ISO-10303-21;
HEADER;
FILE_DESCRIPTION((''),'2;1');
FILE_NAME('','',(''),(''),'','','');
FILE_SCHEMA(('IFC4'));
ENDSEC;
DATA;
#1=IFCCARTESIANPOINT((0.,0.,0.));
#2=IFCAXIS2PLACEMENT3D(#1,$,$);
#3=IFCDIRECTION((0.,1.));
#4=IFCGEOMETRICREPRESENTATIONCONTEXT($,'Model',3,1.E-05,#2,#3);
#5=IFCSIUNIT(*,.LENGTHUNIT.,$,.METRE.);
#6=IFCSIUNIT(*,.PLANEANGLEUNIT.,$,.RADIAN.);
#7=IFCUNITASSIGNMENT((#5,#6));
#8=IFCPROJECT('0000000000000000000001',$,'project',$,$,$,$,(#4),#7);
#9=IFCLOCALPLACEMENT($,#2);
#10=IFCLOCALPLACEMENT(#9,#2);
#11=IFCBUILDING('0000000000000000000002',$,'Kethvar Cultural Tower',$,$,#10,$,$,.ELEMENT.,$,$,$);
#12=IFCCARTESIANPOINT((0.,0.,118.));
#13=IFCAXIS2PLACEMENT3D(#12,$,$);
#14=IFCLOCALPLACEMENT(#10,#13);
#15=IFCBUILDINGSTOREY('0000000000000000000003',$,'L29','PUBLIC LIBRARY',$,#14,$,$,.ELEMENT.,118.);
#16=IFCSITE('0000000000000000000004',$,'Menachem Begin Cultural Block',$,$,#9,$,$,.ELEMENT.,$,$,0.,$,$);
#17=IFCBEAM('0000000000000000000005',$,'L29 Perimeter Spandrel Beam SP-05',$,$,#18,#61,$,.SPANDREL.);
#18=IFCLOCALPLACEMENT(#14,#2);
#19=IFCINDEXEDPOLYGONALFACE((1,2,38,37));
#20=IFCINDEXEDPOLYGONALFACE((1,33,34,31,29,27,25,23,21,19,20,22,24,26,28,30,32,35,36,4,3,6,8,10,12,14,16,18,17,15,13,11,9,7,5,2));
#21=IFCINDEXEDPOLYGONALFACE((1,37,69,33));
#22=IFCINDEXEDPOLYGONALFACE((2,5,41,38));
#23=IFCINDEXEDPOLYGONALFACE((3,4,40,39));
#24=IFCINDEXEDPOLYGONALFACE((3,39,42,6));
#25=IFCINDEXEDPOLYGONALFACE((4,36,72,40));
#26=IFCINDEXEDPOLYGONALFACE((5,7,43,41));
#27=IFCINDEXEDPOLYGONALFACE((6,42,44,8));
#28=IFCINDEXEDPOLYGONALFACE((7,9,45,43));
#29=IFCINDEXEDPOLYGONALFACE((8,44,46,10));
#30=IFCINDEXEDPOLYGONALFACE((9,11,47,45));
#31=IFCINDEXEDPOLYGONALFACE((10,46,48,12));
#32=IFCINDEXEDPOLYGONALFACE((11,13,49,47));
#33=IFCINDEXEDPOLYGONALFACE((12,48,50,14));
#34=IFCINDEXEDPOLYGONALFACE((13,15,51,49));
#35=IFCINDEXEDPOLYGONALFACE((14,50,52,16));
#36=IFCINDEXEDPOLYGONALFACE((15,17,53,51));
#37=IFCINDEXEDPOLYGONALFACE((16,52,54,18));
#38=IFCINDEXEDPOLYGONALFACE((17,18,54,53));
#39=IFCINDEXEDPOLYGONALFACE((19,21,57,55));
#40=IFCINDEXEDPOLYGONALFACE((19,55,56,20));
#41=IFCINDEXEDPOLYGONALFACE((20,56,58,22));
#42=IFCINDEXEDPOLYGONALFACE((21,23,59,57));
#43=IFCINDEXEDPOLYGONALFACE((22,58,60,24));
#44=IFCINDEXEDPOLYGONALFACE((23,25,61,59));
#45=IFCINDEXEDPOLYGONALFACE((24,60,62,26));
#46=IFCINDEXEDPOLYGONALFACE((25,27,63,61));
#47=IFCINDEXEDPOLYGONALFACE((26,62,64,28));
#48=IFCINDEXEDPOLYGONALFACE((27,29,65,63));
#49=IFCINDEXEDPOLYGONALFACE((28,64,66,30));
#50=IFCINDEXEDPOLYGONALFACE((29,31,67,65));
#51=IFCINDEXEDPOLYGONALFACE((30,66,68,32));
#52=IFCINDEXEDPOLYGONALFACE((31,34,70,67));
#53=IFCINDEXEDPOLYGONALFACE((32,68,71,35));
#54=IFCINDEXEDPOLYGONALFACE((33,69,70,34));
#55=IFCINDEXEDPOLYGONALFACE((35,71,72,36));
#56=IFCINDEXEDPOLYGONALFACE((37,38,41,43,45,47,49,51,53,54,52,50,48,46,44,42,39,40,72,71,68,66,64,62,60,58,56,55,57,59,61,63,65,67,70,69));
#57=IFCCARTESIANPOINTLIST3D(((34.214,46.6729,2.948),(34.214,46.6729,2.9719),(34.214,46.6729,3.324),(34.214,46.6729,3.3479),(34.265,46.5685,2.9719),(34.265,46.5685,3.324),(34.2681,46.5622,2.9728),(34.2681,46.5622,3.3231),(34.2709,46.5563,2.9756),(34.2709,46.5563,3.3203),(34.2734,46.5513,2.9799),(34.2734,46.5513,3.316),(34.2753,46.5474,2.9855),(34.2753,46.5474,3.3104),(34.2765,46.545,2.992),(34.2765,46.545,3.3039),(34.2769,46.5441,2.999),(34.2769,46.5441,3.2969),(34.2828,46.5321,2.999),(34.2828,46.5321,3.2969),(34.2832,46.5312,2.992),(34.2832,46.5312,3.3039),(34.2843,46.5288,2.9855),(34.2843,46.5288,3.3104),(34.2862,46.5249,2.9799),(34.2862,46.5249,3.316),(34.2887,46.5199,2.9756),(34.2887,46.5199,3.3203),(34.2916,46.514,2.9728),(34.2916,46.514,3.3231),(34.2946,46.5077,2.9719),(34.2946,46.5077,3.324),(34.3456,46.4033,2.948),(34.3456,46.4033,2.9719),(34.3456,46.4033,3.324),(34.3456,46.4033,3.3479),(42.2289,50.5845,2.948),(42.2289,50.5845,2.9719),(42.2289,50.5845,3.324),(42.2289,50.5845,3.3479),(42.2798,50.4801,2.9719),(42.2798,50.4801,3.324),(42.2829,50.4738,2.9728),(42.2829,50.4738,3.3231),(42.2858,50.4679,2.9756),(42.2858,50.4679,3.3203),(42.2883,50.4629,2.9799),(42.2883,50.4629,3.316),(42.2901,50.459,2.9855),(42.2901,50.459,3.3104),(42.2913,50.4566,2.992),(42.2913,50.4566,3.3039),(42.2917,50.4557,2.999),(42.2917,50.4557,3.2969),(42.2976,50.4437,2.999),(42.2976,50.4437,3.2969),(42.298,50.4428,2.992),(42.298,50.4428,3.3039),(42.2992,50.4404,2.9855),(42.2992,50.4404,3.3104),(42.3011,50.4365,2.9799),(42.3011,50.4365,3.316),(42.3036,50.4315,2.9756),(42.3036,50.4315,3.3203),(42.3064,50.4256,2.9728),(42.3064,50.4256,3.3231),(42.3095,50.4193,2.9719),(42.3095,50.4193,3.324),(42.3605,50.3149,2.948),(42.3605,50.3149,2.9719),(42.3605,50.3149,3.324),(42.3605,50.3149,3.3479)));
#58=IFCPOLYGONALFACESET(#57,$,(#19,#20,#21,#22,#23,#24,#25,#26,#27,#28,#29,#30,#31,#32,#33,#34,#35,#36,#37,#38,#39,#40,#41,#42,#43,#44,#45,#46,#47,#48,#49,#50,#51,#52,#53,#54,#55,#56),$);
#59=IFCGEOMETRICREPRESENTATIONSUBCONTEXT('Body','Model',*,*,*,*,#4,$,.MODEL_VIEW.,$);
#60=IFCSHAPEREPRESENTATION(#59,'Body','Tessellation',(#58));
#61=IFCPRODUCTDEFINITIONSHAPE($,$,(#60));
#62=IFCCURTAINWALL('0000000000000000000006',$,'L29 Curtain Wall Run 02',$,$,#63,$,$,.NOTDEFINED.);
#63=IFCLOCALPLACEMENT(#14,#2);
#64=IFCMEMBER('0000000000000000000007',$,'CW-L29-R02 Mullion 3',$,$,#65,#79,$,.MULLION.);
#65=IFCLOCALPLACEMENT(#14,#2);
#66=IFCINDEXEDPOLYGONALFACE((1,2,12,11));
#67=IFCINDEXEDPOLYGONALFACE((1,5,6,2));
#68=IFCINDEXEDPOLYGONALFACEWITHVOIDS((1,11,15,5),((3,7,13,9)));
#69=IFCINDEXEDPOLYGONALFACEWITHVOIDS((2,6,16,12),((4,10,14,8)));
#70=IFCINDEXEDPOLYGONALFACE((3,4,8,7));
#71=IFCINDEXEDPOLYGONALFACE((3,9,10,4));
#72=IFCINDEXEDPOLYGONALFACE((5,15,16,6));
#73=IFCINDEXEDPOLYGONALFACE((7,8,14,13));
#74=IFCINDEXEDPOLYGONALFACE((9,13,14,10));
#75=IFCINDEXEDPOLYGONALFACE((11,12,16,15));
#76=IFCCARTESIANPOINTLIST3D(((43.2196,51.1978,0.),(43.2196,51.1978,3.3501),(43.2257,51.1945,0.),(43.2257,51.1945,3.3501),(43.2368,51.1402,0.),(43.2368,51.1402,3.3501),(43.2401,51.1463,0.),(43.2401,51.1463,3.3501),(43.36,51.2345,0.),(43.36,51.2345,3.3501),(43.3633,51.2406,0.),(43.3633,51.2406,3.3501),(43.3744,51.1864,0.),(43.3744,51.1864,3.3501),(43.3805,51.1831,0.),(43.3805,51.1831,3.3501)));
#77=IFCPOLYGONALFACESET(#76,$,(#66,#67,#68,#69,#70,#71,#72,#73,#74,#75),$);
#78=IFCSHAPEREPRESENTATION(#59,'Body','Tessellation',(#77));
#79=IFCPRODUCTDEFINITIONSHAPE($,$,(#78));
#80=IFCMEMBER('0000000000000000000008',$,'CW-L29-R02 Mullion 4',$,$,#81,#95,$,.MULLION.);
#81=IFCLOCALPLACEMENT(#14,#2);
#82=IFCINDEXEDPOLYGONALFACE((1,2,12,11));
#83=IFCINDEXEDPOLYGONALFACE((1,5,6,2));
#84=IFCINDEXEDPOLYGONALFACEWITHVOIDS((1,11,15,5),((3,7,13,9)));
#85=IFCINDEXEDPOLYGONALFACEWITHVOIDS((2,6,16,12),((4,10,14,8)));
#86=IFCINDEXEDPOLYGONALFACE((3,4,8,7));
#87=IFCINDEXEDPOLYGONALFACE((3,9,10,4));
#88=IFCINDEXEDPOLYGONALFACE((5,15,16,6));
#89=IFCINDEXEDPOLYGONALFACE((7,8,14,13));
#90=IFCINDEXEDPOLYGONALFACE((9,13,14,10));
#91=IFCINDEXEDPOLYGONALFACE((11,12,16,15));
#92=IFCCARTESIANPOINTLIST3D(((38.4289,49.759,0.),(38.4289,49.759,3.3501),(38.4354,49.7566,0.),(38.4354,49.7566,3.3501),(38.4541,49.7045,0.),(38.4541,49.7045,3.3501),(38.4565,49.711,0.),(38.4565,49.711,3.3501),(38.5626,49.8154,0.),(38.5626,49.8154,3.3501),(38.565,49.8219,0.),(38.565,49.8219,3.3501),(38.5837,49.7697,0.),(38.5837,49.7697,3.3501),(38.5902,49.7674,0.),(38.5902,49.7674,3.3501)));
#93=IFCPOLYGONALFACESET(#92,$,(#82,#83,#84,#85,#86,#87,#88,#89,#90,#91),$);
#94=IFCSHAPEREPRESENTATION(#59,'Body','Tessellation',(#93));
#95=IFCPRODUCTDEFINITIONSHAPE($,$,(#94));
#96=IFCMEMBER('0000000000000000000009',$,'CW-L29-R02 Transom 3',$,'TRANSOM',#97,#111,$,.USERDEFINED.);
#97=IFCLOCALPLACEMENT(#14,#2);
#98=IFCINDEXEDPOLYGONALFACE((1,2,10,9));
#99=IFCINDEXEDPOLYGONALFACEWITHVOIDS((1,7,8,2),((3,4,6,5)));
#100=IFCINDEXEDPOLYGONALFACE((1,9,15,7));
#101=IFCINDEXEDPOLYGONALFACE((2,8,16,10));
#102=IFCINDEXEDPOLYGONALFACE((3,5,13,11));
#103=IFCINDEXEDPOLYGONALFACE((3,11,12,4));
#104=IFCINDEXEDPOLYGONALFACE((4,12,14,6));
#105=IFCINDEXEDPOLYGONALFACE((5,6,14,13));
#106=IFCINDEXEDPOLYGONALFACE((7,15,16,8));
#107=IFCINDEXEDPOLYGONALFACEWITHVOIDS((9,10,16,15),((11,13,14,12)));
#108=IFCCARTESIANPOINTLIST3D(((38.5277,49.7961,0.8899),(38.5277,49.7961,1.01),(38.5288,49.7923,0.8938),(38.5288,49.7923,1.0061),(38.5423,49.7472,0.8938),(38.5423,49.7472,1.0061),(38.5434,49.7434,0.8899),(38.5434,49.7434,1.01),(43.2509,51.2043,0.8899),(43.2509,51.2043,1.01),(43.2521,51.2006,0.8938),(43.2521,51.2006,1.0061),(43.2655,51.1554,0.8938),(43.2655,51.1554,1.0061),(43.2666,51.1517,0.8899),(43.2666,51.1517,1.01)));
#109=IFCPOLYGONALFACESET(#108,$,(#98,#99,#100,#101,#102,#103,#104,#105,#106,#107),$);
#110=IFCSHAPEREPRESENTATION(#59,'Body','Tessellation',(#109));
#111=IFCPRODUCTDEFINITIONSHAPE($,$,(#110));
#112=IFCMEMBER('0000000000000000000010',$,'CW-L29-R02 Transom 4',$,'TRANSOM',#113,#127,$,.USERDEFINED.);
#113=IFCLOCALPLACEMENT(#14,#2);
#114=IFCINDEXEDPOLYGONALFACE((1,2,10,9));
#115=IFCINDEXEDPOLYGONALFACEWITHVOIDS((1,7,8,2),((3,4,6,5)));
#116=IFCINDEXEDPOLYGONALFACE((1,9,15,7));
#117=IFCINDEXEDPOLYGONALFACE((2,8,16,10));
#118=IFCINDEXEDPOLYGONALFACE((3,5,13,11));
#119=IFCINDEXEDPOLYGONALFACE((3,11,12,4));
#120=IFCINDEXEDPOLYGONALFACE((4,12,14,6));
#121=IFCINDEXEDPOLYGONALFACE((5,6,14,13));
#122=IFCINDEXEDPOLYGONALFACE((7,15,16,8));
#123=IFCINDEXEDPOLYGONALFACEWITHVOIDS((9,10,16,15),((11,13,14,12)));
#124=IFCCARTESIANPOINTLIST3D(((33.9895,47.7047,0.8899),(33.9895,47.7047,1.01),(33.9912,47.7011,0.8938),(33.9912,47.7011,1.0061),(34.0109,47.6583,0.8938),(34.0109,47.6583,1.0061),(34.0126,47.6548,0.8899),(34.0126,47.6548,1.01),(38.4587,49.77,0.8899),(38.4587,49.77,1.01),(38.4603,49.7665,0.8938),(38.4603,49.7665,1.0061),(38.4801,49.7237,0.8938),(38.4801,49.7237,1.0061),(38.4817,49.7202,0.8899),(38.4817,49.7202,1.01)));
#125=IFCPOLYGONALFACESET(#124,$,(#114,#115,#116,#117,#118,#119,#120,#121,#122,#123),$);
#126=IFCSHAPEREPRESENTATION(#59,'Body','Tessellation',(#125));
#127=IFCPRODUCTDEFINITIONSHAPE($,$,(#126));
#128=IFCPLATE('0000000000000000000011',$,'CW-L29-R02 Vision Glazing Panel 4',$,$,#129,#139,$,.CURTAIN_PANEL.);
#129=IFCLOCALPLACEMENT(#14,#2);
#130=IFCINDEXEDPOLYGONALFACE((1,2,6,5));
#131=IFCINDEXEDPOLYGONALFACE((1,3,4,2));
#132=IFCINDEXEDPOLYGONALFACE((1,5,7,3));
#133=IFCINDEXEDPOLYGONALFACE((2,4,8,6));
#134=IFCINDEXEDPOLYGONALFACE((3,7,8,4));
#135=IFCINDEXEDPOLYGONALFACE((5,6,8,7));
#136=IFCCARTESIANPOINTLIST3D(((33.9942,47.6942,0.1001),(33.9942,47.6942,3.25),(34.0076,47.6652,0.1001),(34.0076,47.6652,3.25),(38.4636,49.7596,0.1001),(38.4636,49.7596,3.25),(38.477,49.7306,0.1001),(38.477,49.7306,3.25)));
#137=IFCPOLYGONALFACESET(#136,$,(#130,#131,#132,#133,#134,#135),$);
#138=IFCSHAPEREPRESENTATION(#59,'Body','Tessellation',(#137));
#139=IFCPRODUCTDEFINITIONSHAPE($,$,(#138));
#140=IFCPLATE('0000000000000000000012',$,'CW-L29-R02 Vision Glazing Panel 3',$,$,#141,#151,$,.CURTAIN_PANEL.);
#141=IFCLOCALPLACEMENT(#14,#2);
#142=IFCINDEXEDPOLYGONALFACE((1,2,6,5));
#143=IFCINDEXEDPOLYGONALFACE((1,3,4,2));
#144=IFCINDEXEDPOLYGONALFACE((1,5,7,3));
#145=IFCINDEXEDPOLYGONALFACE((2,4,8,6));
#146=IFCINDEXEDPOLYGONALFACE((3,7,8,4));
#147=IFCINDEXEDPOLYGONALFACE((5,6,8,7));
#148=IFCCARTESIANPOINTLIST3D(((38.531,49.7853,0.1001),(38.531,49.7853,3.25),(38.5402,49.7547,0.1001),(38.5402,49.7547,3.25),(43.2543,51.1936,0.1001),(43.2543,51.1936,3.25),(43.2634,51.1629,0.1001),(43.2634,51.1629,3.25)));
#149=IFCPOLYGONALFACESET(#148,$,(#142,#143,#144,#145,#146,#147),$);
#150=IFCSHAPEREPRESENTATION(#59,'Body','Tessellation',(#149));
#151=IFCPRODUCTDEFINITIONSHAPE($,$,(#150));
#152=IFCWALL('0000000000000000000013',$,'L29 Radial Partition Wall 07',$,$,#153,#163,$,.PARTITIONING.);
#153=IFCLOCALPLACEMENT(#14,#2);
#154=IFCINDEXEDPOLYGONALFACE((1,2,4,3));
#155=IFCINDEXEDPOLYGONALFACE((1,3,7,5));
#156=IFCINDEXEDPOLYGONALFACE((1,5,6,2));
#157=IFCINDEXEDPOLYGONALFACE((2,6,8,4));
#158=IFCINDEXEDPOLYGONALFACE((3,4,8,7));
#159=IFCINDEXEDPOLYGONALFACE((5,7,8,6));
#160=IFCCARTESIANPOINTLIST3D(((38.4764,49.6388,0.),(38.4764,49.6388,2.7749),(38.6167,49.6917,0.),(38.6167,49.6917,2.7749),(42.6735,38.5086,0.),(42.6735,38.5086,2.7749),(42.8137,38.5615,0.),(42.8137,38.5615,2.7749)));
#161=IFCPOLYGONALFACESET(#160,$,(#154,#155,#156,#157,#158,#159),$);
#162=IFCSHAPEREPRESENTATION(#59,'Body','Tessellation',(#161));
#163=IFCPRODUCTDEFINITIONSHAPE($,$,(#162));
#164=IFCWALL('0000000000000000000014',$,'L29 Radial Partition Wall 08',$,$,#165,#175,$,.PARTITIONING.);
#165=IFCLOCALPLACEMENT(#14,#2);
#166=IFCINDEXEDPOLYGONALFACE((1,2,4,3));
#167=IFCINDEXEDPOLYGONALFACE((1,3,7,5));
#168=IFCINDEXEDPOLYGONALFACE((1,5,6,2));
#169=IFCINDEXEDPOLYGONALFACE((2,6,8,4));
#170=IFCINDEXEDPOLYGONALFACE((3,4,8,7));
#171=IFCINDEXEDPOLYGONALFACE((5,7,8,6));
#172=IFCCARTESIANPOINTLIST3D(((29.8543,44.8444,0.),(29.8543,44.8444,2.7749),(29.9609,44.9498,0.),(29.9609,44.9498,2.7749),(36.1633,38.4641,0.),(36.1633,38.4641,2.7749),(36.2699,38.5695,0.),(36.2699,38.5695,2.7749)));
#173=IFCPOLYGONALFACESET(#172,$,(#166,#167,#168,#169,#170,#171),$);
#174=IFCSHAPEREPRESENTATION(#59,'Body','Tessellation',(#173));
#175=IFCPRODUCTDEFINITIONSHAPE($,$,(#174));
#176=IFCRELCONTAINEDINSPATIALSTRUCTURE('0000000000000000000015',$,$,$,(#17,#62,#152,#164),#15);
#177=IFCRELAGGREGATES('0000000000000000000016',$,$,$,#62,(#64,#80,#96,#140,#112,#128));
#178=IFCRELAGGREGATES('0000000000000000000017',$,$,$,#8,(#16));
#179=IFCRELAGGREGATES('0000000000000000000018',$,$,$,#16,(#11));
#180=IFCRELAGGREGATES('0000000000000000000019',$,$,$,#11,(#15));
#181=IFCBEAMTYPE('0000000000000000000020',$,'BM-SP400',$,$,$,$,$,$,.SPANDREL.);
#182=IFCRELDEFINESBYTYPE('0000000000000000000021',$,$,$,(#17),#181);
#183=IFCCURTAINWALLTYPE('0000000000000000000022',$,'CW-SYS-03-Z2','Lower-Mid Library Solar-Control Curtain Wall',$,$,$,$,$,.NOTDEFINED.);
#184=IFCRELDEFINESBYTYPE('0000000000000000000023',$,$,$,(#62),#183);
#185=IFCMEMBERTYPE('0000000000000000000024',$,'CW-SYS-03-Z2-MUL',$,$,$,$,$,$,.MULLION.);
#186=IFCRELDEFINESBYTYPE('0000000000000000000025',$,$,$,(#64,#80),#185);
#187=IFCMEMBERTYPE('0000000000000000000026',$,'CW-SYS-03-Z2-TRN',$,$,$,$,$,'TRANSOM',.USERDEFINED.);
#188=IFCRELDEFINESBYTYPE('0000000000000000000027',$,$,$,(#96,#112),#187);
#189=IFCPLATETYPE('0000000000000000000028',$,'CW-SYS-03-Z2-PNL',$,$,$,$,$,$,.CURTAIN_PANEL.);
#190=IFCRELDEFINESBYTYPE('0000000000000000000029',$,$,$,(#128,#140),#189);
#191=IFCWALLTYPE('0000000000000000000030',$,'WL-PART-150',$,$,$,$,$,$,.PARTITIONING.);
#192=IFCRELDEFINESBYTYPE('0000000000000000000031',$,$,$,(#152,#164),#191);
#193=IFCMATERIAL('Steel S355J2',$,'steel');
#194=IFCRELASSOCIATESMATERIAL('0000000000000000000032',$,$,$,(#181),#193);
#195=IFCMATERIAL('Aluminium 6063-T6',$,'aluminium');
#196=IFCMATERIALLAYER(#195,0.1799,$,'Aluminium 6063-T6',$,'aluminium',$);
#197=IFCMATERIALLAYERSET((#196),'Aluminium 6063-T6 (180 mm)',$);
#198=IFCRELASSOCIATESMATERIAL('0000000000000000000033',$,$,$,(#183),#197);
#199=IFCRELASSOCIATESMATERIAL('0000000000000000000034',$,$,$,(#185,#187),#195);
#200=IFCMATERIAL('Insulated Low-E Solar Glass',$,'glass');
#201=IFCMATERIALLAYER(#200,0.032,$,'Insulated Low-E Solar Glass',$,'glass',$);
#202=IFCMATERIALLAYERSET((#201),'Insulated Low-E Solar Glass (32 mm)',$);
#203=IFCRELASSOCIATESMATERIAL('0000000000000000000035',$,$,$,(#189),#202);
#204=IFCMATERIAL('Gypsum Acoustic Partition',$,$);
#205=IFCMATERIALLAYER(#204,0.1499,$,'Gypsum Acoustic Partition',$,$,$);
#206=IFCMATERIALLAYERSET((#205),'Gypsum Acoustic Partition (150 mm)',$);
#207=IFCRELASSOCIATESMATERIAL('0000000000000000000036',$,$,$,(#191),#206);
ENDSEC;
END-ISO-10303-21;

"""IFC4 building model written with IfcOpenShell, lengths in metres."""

from ifc_helpers import new_model, si_unit, direction, frame, frame_2d, origin, origin_2d, place, context, subcontext, project, spatial, rectangle, hollow_rectangle, i_section, extrude, source, transform, mapped, material, layer, layer_set, material_profile, profile_set, type_object, element, aggregate, save


model = new_model("IFC4")

# Units and contexts
model_context = context("Model", 3, precision=1e-05, world=origin(), true_north=direction((0.0, 1.0)))
body_context = subcontext(model_context, "Body", "Model", "MODEL_VIEW")
ifc_project = project(units=[si_unit("LENGTHUNIT", "METRE"), si_unit("PLANEANGLEUNIT", "RADIAN")], contexts=[model_context])

# Site, building, storey
site_placement = place(None, origin())
site = spatial("IfcSite", under=ifc_project, at=site_placement, Name="Menachem Begin Cultural Block", CompositionType="ELEMENT", RefElevation=0.0)
building_placement = place(site_placement, origin())
building = spatial("IfcBuilding", under=site, at=building_placement, Name="Kethvar Cultural Tower", CompositionType="ELEMENT")
storey_placement = place(building_placement, frame((0.0, 0.0, 118.0)))
storey = spatial("IfcBuildingStorey", under=building, at=storey_placement, Name="L29", Description="PUBLIC LIBRARY", CompositionType="ELEMENT", Elevation=118.0)

# Beam
ifc_material_1 = material(Name="Steel S355J2", Category="steel")
ifc_material_profile_1 = material_profile(ifc_material_1, i_section(OverallWidth=0.3, OverallDepth=0.3999, WebThickness=0.0134, FlangeThickness=0.0239, FilletRadius=0.0271, at=origin_2d()), Name="Steel S355J2 — HEB400")
ifc_profile_set_1 = profile_set([ifc_material_profile_1], Name="Steel S355J2 — HEB400")
beam_type_1 = type_object("IfcBeamType", Name="BM-SP400", PredefinedType="SPANDREL", material=ifc_profile_set_1)
shared_shape_1 = source(origin(), body_context, "Body", "SweptSolid", [
    extrude(i_section(OverallWidth=0.3, OverallDepth=0.3999, WebThickness=0.0134, FlangeThickness=0.0239, FilletRadius=0.0271, at=origin_2d()), origin(), (0.0, 0.0, 1.0), 8.9185),
])
beam_1_placement = place(storey_placement, frame((42.2947, 50.4497, 3.1479), z_axis=(-0.898684, -0.438597, 0.0), x_axis=(0.438597, -0.898684, 0.0)))
element("IfcBeam", 1, at=beam_1_placement, inside=storey, type_object=beam_type_1, Name="L29 Perimeter Spandrel Beam SP-05", PredefinedType="SPANDREL", context=body_context, shape_type="MappedRepresentation", body=[
    mapped(shared_shape_1, transform((0.0, 0.0, 0.0), scale=1.0)),
])

# Curtain wall, members, plates
ifc_material_2 = material(Name="Aluminium 6063-T6", Category="aluminium")
ifc_layer_1 = layer(ifc_material_2, 0.1799, Name="Aluminium 6063-T6", Category="aluminium")
ifc_layer_set_1 = layer_set([ifc_layer_1], Name="Aluminium 6063-T6 (180 mm)")
curtain_wall_type = type_object("IfcCurtainWallType", Name="CW-SYS-03-Z2", Description="Lower-Mid Library Solar-Control Curtain Wall", PredefinedType="NOTDEFINED", material=ifc_layer_set_1)
curtain_wall_placement = place(storey_placement, origin())
curtain_wall = element("IfcCurtainWall", 2, at=curtain_wall_placement, inside=storey, type_object=curtain_wall_type, Name="L29 Curtain Wall Run 02", PredefinedType="NOTDEFINED")
ifc_material_profile_2 = material_profile(ifc_material_2, hollow_rectangle(XDim=0.0601, YDim=0.1499, WallThickness=0.0049, at=origin_2d()), Name="Aluminium 6063-T6 — RHS150x60x5")
ifc_profile_set_2 = profile_set([ifc_material_profile_2], Name="Aluminium 6063-T6 — RHS150x60x5")
member_type_1 = type_object("IfcMemberType", Name="CW-SYS-03-Z2-MUL", PredefinedType="MULLION", material=ifc_profile_set_2)
shared_shape_2 = source(origin(), body_context, "Body", "SweptSolid", [
    extrude(hollow_rectangle(XDim=0.0601, YDim=0.1499, WallThickness=0.0049, at=origin_2d()), origin(), (0.0, 0.0, 1.0), 3.3501),
])
member_1_placement = place(storey_placement, frame((43.3, 51.1904, 0.0), z_axis=(0.0, 0.0, 1.0), x_axis=(0.285722, -0.958313, 0.0)))
member_1 = element("IfcMember", 3, at=member_1_placement, type_object=member_type_1, Name="CW-L29-R02 Mullion 3", PredefinedType="MULLION", context=body_context, shape_type="MappedRepresentation", body=[
    mapped(shared_shape_2, transform((0.0, 0.0, 0.0), scale=1.0)),
])
member_2_placement = place(storey_placement, frame((38.5095, 49.7632, 0.0), z_axis=(0.0, 0.0, 1.0), x_axis=(0.419484, -0.907763, 0.0)))
member_2 = element("IfcMember", 4, at=member_2_placement, type_object=member_type_1, Name="CW-L29-R02 Mullion 4", PredefinedType="MULLION", context=body_context, shape_type="MappedRepresentation", body=[
    mapped(shared_shape_2, transform((0.0, 0.0, 0.0), scale=1.0)),
])
ifc_material_profile_3 = material_profile(ifc_material_2, hollow_rectangle(XDim=0.0549, YDim=0.1201, WallThickness=0.0039, at=origin_2d()), Name="Aluminium 6063-T6 — RHS120x55x4")
ifc_profile_set_3 = profile_set([ifc_material_profile_3], Name="Aluminium 6063-T6 — RHS120x55x4")
member_type_2 = type_object("IfcMemberType", Name="CW-SYS-03-Z2-TRN", ElementType="TRANSOM", PredefinedType="USERDEFINED", material=ifc_profile_set_3)
shared_shape_3 = source(origin(), body_context, "Body", "SweptSolid", [
    extrude(hollow_rectangle(XDim=0.0549, YDim=0.1201, WallThickness=0.0039, at=origin_2d()), origin(), (0.0, 0.0, 1.0), 4.9287),
])
member_3_placement = place(storey_placement, frame((43.2588, 51.178, 0.95), z_axis=(-0.958313, -0.285721, 0.0), x_axis=(0.285721, -0.958313, 0.0)))
member_3 = element("IfcMember", 5, at=member_3_placement, type_object=member_type_2, Name="CW-L29-R02 Transom 3", ObjectType="TRANSOM", PredefinedType="USERDEFINED", context=body_context, shape_type="MappedRepresentation", body=[
    mapped(shared_shape_3, transform((0.0, 0.0, 0.0), scale=1.0)),
])
shared_shape_4 = source(origin(), body_context, "Body", "SweptSolid", [
    extrude(hollow_rectangle(XDim=0.0549, YDim=0.1201, WallThickness=0.0039, at=origin_2d()), origin(), (0.0, 0.0, 1.0), 4.9233),
])
member_4_placement = place(storey_placement, frame((38.4702, 49.7451, 0.95), z_axis=(-0.90775, -0.419511, 0.0), x_axis=(0.419511, -0.90775, 0.0)))
member_4 = element("IfcMember", 6, at=member_4_placement, type_object=member_type_2, Name="CW-L29-R02 Transom 4", ObjectType="TRANSOM", PredefinedType="USERDEFINED", context=body_context, shape_type="MappedRepresentation", body=[
    mapped(shared_shape_4, transform((0.0, 0.0, 0.0), scale=1.0)),
])
ifc_material_3 = material(Name="Insulated Low-E Solar Glass", Category="glass")
ifc_layer_2 = layer(ifc_material_3, 0.032, Name="Insulated Low-E Solar Glass", Category="glass")
ifc_layer_set_2 = layer_set([ifc_layer_2], Name="Insulated Low-E Solar Glass (32 mm)")
plate_type = type_object("IfcPlateType", Name="CW-SYS-03-Z2-PNL", PredefinedType="CURTAIN_PANEL", material=ifc_layer_set_2)
shared_shape_5 = source(origin(), body_context, "Body", "SweptSolid", [
    extrude(rectangle(XDim=4.9236, YDim=0.032, at=origin_2d()), origin(), (0.0, 0.0, 1.0), 3.1499),
])
plate_1_placement = place(storey_placement, frame((36.2356, 48.7124, 0.1001), z_axis=(0.0, 0.0, 1.0), x_axis=(-0.907763, -0.419484, 0.0)))
plate_1 = element("IfcPlate", 7, at=plate_1_placement, type_object=plate_type, Name="CW-L29-R02 Vision Glazing Panel 4", PredefinedType="CURTAIN_PANEL", context=body_context, shape_type="MappedRepresentation", body=[
    mapped(shared_shape_5, transform((0.0, 0.0, 0.0), scale=1.0)),
])
shared_shape_6 = source(origin(), body_context, "Body", "SweptSolid", [
    extrude(rectangle(XDim=4.9287, YDim=0.032, at=origin_2d()), origin(), (0.0, 0.0, 1.0), 3.1499),
])
plate_2_placement = place(storey_placement, frame((40.8972, 50.4741, 0.1001), z_axis=(0.0, 0.0, 1.0), x_axis=(-0.958313, -0.285722, 0.0)))
plate_2 = element("IfcPlate", 8, at=plate_2_placement, type_object=plate_type, Name="CW-L29-R02 Vision Glazing Panel 3", PredefinedType="CURTAIN_PANEL", context=body_context, shape_type="MappedRepresentation", body=[
    mapped(shared_shape_6, transform((0.0, 0.0, 0.0), scale=1.0)),
])
aggregate(curtain_wall, [member_1, member_2, member_3, plate_2, member_4, plate_1])

# Walls
ifc_material_4 = material(Name="Gypsum Acoustic Partition")
ifc_layer_3 = layer(ifc_material_4, 0.1499, Name="Gypsum Acoustic Partition")
ifc_layer_set_3 = layer_set([ifc_layer_3], Name="Gypsum Acoustic Partition (150 mm)")
wall_type = type_object("IfcWallType", Name="WL-PART-150", PredefinedType="PARTITIONING", material=ifc_layer_set_3)
wall_1_placement = place(storey_placement, frame((42.7437, 38.5349, 0.0), z_axis=(0.0, 0.0, 1.0), x_axis=(-0.352835, 0.935686, 0.0)))
element("IfcWall", 9, at=wall_1_placement, inside=storey, type_object=wall_type, Name="L29 Radial Partition Wall 07", PredefinedType="PARTITIONING", context=body_context, shape_type="SweptSolid", body=[
    extrude(rectangle(XDim=11.8953, YDim=0.1499, at=frame_2d((5.9478, 0.0))), origin(), (0.0, 0.0, 1.0), 2.7749),
])
wall_2_placement = place(storey_placement, frame((36.2166, 38.5168, 0.0), z_axis=(0.0, 0.0, 1.0), x_axis=(-0.703123, 0.711068, 0.0)))
element("IfcWall", 10, at=wall_2_placement, inside=storey, type_object=wall_type, Name="L29 Radial Partition Wall 08", PredefinedType="PARTITIONING", context=body_context, shape_type="SweptSolid", body=[
    extrude(rectangle(XDim=8.9729, YDim=0.1499, at=frame_2d((4.4863, 0.0))), origin(), (0.0, 0.0, 1.0), 2.7749),
])

save(model, "model.ifc")
